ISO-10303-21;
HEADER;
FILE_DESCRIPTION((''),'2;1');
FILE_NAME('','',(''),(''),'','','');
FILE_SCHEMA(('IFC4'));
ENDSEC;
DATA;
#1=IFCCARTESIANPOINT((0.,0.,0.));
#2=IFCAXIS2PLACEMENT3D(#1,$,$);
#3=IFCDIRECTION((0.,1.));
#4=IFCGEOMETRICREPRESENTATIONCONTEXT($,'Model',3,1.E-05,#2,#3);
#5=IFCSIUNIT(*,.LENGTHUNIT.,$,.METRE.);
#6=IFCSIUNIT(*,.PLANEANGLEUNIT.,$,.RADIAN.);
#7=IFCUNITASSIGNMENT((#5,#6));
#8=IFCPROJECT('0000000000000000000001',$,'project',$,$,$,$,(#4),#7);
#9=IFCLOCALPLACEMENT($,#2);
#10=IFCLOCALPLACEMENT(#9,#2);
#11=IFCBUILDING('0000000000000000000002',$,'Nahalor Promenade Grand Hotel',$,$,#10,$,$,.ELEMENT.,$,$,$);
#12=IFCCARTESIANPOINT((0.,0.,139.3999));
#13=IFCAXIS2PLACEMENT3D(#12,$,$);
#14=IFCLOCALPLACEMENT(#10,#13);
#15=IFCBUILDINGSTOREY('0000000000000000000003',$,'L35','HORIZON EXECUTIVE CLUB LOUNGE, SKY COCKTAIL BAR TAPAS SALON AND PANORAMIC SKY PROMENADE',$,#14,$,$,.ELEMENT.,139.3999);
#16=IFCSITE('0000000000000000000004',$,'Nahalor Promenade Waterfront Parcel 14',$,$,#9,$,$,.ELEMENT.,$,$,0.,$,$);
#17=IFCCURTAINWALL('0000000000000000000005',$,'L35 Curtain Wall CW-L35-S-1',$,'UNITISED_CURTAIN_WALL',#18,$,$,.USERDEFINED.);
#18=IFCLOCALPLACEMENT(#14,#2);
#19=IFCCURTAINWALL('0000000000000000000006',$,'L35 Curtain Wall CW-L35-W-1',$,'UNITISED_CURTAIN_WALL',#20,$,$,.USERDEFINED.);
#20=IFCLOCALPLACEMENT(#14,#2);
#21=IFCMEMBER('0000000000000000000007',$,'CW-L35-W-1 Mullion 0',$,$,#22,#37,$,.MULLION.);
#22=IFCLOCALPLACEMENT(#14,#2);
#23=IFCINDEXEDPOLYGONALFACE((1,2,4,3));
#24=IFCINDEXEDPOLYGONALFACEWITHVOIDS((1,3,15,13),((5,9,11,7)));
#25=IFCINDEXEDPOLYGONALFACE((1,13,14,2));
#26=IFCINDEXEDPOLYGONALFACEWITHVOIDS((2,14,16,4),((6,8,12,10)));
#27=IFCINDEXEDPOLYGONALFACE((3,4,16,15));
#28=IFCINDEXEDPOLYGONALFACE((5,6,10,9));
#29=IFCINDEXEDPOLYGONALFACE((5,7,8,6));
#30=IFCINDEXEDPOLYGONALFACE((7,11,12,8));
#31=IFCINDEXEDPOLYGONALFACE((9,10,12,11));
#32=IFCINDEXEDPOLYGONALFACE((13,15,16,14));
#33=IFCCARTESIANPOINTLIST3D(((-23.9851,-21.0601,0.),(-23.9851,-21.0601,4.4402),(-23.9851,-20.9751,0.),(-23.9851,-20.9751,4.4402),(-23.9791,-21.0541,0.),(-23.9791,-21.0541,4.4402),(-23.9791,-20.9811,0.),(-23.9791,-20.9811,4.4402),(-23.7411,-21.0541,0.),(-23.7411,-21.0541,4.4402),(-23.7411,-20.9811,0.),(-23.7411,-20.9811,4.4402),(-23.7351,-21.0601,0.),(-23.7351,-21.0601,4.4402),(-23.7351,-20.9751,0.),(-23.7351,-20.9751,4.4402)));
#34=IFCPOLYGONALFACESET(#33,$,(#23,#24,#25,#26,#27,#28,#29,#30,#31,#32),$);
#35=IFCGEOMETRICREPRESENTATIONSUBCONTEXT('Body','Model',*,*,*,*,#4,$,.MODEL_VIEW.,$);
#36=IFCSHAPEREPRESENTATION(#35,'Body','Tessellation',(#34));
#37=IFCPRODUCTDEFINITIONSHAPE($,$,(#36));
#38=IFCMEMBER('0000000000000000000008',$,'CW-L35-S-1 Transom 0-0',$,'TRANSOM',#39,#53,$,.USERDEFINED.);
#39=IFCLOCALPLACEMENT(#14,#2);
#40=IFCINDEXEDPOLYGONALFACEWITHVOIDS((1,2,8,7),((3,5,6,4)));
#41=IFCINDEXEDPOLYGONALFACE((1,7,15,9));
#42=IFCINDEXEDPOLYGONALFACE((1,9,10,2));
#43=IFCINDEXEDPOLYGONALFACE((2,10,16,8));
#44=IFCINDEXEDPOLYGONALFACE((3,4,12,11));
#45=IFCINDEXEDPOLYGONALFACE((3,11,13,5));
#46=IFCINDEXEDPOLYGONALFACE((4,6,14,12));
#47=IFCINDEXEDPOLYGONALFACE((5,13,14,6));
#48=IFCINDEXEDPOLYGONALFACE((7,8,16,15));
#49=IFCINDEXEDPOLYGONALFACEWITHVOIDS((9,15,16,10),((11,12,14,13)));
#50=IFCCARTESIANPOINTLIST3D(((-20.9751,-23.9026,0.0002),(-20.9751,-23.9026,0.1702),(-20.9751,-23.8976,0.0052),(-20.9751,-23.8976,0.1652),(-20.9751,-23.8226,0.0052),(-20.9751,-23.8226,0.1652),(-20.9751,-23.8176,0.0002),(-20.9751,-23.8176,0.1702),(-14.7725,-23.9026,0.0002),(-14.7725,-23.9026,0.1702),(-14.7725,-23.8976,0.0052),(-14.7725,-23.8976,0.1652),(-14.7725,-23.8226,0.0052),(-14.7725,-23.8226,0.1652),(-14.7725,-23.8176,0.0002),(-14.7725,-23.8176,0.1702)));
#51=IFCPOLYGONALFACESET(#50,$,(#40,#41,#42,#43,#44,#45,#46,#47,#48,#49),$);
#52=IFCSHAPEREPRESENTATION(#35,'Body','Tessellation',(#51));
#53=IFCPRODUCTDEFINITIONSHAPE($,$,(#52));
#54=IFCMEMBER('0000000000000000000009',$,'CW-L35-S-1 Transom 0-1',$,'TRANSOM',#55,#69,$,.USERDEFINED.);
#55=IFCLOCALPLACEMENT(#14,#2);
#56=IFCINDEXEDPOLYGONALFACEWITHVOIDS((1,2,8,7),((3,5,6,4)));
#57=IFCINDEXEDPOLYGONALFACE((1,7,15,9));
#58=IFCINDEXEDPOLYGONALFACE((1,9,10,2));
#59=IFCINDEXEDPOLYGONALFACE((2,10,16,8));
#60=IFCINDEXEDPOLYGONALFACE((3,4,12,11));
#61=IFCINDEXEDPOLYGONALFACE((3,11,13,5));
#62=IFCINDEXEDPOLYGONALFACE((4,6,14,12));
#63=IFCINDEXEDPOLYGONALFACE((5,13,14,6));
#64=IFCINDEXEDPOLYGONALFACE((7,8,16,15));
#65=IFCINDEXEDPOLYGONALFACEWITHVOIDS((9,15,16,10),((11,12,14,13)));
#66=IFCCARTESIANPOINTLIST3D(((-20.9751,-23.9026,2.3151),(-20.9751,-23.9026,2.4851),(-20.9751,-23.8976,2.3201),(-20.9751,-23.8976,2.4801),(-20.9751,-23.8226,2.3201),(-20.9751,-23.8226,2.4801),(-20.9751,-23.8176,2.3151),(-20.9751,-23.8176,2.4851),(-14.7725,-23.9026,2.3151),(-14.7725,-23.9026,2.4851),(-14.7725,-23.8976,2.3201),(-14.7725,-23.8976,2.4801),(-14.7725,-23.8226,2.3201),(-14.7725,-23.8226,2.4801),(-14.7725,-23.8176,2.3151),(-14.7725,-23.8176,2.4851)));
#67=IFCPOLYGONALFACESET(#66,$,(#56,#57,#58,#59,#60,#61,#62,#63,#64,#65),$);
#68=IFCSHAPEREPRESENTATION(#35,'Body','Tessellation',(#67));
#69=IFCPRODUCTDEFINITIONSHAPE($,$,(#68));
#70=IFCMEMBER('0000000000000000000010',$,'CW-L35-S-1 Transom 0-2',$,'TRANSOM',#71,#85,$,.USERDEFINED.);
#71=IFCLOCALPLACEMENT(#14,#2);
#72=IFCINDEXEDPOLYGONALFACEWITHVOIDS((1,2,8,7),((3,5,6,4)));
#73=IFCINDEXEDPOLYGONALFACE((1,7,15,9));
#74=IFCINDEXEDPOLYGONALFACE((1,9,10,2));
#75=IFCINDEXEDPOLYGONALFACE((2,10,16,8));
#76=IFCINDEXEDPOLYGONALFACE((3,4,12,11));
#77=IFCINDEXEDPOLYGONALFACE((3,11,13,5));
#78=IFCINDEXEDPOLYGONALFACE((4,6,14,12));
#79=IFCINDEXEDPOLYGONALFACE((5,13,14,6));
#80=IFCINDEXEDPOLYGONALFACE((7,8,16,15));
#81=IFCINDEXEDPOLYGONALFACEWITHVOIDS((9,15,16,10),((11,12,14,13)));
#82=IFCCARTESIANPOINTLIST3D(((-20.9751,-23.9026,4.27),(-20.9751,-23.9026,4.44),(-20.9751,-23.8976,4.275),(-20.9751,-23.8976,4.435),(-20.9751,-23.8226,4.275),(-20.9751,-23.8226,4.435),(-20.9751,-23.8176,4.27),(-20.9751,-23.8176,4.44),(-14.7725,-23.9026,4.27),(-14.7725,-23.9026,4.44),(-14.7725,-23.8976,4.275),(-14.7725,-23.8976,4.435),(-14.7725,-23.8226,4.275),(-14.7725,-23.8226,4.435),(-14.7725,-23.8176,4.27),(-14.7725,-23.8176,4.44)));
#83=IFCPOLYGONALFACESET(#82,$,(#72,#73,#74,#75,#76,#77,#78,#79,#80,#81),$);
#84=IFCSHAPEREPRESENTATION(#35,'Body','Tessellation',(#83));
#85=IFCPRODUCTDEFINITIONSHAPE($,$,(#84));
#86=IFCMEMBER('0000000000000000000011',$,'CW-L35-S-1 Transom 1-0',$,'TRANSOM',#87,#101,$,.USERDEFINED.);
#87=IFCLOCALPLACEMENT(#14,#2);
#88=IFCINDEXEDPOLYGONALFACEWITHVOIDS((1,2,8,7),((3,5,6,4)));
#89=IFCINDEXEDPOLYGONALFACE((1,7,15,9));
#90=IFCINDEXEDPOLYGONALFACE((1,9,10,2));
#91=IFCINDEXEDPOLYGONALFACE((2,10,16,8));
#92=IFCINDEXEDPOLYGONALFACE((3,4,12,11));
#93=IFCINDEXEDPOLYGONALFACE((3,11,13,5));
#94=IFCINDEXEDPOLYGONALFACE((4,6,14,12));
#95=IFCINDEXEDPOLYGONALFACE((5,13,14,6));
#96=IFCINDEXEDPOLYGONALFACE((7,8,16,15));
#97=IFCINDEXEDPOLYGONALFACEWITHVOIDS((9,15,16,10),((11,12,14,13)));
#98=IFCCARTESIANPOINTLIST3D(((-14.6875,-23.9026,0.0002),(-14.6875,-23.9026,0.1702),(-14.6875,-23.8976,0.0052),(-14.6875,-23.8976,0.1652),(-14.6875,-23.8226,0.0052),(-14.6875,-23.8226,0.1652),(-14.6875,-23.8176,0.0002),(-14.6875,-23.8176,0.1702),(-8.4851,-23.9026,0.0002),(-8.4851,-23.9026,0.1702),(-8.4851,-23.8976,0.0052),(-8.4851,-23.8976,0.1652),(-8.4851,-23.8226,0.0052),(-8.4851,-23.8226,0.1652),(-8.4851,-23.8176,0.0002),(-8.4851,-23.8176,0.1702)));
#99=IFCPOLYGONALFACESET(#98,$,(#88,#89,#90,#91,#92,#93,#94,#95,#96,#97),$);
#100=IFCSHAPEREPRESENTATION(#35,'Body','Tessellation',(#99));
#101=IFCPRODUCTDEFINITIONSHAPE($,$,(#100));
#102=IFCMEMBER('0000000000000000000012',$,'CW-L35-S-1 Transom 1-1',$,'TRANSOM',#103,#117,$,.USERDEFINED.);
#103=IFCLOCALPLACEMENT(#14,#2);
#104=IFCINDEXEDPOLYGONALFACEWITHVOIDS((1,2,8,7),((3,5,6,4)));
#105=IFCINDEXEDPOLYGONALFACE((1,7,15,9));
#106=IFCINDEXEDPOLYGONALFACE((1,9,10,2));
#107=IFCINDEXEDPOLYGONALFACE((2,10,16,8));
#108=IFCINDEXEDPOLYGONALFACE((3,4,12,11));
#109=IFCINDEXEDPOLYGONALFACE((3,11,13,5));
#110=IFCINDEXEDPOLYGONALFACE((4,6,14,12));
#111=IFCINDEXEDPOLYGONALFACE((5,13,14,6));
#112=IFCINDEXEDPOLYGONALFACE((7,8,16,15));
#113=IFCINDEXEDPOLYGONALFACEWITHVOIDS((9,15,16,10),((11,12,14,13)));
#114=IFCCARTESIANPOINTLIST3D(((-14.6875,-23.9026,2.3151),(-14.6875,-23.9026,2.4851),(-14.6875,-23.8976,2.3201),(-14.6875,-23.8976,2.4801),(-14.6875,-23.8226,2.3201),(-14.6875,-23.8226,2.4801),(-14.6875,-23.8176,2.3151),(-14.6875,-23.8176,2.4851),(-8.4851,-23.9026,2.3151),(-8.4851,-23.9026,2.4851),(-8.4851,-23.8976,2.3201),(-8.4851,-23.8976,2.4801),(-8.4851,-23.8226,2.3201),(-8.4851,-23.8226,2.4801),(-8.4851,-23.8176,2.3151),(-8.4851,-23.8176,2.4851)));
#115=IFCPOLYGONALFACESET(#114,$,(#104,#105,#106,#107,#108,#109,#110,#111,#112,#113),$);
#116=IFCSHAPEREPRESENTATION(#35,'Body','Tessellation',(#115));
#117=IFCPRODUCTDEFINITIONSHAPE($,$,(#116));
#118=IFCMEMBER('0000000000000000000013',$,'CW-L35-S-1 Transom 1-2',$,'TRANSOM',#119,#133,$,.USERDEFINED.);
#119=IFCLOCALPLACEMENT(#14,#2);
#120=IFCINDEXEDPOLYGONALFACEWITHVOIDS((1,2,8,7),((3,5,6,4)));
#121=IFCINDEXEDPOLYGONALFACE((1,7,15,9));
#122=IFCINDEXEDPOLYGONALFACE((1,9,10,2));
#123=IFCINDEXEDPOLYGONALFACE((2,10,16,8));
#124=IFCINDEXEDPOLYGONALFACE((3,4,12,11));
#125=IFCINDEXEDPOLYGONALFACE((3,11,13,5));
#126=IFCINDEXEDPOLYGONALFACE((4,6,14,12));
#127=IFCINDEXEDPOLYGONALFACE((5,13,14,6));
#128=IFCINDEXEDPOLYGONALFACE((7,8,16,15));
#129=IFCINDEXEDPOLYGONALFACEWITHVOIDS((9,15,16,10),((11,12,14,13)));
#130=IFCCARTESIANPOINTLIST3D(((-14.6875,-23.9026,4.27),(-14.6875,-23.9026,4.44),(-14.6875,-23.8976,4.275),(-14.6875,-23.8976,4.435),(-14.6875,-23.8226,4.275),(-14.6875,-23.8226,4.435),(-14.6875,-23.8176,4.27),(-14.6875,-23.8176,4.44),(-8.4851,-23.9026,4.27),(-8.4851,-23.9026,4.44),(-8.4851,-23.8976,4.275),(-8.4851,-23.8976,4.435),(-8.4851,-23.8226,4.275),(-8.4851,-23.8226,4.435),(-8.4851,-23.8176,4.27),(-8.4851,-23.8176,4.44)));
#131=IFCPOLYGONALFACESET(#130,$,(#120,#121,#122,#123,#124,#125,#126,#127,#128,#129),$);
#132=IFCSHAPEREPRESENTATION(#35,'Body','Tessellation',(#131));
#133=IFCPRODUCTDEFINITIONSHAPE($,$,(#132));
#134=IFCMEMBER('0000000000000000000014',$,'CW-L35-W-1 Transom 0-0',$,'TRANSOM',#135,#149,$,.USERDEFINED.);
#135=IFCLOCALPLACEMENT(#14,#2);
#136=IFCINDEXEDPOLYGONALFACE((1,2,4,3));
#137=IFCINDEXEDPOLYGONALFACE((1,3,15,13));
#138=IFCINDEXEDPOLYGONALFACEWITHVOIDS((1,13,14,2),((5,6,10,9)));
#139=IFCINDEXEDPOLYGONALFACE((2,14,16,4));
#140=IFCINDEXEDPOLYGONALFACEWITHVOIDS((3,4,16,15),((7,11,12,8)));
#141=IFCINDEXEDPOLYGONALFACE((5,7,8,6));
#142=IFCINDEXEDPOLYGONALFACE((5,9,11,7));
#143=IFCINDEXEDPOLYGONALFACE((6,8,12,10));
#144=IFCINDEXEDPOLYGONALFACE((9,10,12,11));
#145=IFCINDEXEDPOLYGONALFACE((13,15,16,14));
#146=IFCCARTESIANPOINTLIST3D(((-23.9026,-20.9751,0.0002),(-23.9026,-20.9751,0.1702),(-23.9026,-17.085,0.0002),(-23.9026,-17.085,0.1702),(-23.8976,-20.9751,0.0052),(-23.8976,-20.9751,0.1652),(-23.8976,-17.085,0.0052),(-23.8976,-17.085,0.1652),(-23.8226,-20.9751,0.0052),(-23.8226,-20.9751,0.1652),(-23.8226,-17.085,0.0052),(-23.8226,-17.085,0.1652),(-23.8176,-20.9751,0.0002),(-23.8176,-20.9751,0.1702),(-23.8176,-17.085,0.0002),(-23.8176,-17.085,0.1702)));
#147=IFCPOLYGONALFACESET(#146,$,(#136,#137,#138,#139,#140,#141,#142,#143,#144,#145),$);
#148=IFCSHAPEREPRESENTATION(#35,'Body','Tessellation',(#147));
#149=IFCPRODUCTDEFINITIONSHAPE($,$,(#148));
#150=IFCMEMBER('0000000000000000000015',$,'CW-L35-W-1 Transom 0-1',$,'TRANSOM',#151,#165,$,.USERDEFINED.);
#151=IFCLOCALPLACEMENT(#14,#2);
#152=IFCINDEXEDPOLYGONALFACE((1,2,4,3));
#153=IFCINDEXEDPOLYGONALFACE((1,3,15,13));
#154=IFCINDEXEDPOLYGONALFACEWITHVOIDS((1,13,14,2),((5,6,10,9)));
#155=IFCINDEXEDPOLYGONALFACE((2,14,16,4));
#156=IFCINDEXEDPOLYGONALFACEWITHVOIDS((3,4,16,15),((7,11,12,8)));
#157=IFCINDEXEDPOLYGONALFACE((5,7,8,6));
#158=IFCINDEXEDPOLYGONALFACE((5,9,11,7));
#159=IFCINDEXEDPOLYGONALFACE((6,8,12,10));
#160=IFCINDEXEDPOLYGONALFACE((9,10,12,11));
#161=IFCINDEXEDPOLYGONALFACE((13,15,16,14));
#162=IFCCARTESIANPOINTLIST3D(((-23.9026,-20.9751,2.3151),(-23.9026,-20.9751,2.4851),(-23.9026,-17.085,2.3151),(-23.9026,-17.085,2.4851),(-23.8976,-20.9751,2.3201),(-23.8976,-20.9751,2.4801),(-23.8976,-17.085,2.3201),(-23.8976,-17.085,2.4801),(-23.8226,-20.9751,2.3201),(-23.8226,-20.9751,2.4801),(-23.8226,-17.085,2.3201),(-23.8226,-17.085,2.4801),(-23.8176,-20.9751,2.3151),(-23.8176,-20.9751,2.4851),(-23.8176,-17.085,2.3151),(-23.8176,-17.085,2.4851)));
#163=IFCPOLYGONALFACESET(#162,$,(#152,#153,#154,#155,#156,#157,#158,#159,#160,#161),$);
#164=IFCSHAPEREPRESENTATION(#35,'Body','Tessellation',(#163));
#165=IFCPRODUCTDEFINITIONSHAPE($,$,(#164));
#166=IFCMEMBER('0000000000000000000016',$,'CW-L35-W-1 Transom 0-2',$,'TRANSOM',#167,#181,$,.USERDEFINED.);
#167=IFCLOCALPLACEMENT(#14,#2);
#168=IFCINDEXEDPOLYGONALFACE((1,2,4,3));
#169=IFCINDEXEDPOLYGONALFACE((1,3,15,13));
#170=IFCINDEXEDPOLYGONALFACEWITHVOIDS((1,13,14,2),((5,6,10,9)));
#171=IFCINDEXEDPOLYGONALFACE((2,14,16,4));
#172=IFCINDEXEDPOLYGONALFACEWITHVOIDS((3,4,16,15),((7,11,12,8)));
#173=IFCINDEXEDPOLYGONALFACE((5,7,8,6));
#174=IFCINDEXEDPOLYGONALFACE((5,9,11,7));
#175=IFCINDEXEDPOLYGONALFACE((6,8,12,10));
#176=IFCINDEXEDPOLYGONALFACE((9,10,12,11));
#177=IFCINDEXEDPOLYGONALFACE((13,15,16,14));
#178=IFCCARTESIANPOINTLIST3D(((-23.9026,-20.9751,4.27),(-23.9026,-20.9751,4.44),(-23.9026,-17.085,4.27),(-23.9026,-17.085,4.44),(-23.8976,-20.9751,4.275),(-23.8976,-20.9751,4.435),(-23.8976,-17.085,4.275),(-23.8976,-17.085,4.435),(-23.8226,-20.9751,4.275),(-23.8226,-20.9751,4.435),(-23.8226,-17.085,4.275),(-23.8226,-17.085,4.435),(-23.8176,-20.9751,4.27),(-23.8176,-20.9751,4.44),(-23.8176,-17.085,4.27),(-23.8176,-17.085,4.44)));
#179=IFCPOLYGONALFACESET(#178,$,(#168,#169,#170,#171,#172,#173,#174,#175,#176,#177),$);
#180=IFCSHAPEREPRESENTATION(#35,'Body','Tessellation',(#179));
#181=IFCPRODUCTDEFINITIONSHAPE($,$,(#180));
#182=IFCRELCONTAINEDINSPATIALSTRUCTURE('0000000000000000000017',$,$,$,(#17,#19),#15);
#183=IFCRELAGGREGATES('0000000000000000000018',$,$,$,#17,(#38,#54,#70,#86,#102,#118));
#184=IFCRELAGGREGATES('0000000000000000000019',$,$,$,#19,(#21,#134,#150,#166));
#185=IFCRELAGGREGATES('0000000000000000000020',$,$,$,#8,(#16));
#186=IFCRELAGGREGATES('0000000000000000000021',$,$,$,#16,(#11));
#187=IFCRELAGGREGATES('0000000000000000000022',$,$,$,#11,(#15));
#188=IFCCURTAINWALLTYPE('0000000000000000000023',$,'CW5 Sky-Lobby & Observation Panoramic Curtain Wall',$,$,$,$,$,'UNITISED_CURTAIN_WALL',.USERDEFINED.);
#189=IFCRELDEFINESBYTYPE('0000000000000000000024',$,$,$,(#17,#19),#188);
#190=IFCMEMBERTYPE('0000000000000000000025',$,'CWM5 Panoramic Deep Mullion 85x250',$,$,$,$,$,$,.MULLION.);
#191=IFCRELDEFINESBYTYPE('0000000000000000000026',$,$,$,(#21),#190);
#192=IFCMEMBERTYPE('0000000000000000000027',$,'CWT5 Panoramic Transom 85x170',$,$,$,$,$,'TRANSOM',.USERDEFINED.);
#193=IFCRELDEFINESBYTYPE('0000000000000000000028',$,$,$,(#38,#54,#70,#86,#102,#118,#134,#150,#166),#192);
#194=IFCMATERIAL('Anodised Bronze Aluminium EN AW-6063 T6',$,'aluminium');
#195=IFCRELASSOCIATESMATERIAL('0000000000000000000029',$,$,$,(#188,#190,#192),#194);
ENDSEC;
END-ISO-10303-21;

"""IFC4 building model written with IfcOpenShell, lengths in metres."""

from ifc_helpers import new_model, si_unit, direction, frame, origin, origin_2d, place, context, subcontext, project, spatial, hollow_rectangle, extrude, source, transform, mapped, material, material_profile, profile_set, type_object, element, aggregate, save


model = new_model("IFC4")

# Units and contexts
model_context = context("Model", 3, precision=1e-05, world=origin(), true_north=direction((0.0, 1.0)))
body_context = subcontext(model_context, "Body", "Model", "MODEL_VIEW")
ifc_project = project(units=[si_unit("LENGTHUNIT", "METRE"), si_unit("PLANEANGLEUNIT", "RADIAN")], contexts=[model_context])

# Site, building, storey
site_placement = place(None, origin())
site = spatial("IfcSite", under=ifc_project, at=site_placement, Name="Nahalor Promenade Waterfront Parcel 14", CompositionType="ELEMENT", RefElevation=0.0)
building_placement = place(site_placement, origin())
building = spatial("IfcBuilding", under=site, at=building_placement, Name="Nahalor Promenade Grand Hotel", CompositionType="ELEMENT")
storey_placement = place(building_placement, frame((0.0, 0.0, 139.3999)))
storey = spatial("IfcBuildingStorey", under=building, at=storey_placement, Name="L35", Description="HORIZON EXECUTIVE CLUB LOUNGE, SKY COCKTAIL BAR TAPAS SALON AND PANORAMIC SKY PROMENADE", CompositionType="ELEMENT", Elevation=139.3999)

# Curtain wall
ifc_material_1 = material(Name="Anodised Bronze Aluminium EN AW-6063 T6", Category="aluminium")
curtain_wall_type = type_object("IfcCurtainWallType", Name="CW5 Sky-Lobby & Observation Panoramic Curtain Wall", ElementType="UNITISED_CURTAIN_WALL", PredefinedType="USERDEFINED", material=ifc_material_1)
curtain_wall_1_placement = place(storey_placement, origin())
curtain_wall_1 = element("IfcCurtainWall", 1, at=curtain_wall_1_placement, inside=storey, type_object=curtain_wall_type, Name="L35 Curtain Wall CW-L35-S-1", ObjectType="UNITISED_CURTAIN_WALL", PredefinedType="USERDEFINED")
ifc_material_profile_1 = material_profile(ifc_material_1, hollow_rectangle(XDim=0.085, YDim=0.25, WallThickness=0.006, at=origin_2d()), Name="CWM 85x250x6")
ifc_profile_set_1 = profile_set([ifc_material_profile_1], Name="Anodised Bronze Aluminium EN AW-6063 T6")
member_type_1 = type_object("IfcMemberType", Name="CWM5 Panoramic Deep Mullion 85x250", PredefinedType="MULLION", material=ifc_profile_set_1)
shared_shape_1 = source(origin(), body_context, "Body", "SweptSolid", [
    extrude(hollow_rectangle(XDim=0.085, YDim=0.25, WallThickness=0.006, at=origin_2d()), origin(), (0.0, 0.0, 1.0), 4.4402),
])

# Curtain wall, member
curtain_wall_2_placement = place(storey_placement, origin())
curtain_wall_2 = element("IfcCurtainWall", 2, at=curtain_wall_2_placement, inside=storey, type_object=curtain_wall_type, Name="L35 Curtain Wall CW-L35-W-1", ObjectType="UNITISED_CURTAIN_WALL", PredefinedType="USERDEFINED")
member_1_placement = place(storey_placement, frame((-23.8601, -21.0176, 0.0), z_axis=(0.0, 0.0, 1.0), x_axis=(0.0, 1.0, 0.0)))
member_1 = element("IfcMember", 3, at=member_1_placement, type_object=member_type_1, Name="CW-L35-W-1 Mullion 0", PredefinedType="MULLION", context=body_context, shape_type="MappedRepresentation", body=[
    mapped(shared_shape_1, transform((0.0, 0.0, 0.0), scale=1.0)),
])

# Members
ifc_material_profile_2 = material_profile(ifc_material_1, hollow_rectangle(XDim=0.085, YDim=0.17, WallThickness=0.005, at=origin_2d()), Name="CWT 85x170x5")
ifc_profile_set_2 = profile_set([ifc_material_profile_2], Name="Anodised Bronze Aluminium EN AW-6063 T6")
member_type_2 = type_object("IfcMemberType", Name="CWT5 Panoramic Transom 85x170", ElementType="TRANSOM", PredefinedType="USERDEFINED", material=ifc_profile_set_2)
shared_shape_2 = source(origin(), body_context, "Body", "SweptSolid", [
    extrude(hollow_rectangle(XDim=0.085, YDim=0.17, WallThickness=0.005, at=origin_2d()), origin(), (0.0, 0.0, 1.0), 6.2026),
])
member_2_placement = place(storey_placement, frame((-20.9751, -23.8601, 0.0852), z_axis=(1.0, 0.0, 0.0), x_axis=(0.0, 1.0, 0.0)))
member_2 = element("IfcMember", 4, at=member_2_placement, type_object=member_type_2, Name="CW-L35-S-1 Transom 0-0", ObjectType="TRANSOM", PredefinedType="USERDEFINED", context=body_context, shape_type="MappedRepresentation", body=[
    mapped(shared_shape_2, transform((0.0, 0.0, 0.0), scale=1.0)),
])
member_3_placement = place(storey_placement, frame((-20.9751, -23.8601, 2.4001), z_axis=(1.0, 0.0, 0.0), x_axis=(0.0, 1.0, 0.0)))
member_3 = element("IfcMember", 5, at=member_3_placement, type_object=member_type_2, Name="CW-L35-S-1 Transom 0-1", ObjectType="TRANSOM", PredefinedType="USERDEFINED", context=body_context, shape_type="MappedRepresentation", body=[
    mapped(shared_shape_2, transform((0.0, 0.0, 0.0), scale=1.0)),
])
member_4_placement = place(storey_placement, frame((-20.9751, -23.8601, 4.355), z_axis=(1.0, 0.0, 0.0), x_axis=(0.0, 1.0, 0.0)))
member_4 = element("IfcMember", 6, at=member_4_placement, type_object=member_type_2, Name="CW-L35-S-1 Transom 0-2", ObjectType="TRANSOM", PredefinedType="USERDEFINED", context=body_context, shape_type="MappedRepresentation", body=[
    mapped(shared_shape_2, transform((0.0, 0.0, 0.0), scale=1.0)),
])
shared_shape_3 = source(origin(), body_context, "Body", "SweptSolid", [
    extrude(hollow_rectangle(XDim=0.085, YDim=0.17, WallThickness=0.005, at=origin_2d()), origin(), (0.0, 0.0, 1.0), 6.2024),
])
member_5_placement = place(storey_placement, frame((-14.6875, -23.8601, 0.0852), z_axis=(1.0, 0.0, 0.0), x_axis=(0.0, 1.0, 0.0)))
member_5 = element("IfcMember", 7, at=member_5_placement, type_object=member_type_2, Name="CW-L35-S-1 Transom 1-0", ObjectType="TRANSOM", PredefinedType="USERDEFINED", context=body_context, shape_type="MappedRepresentation", body=[
    mapped(shared_shape_3, transform((0.0, 0.0, 0.0), scale=1.0)),
])
member_6_placement = place(storey_placement, frame((-14.6875, -23.8601, 2.4001), z_axis=(1.0, 0.0, 0.0), x_axis=(0.0, 1.0, 0.0)))
member_6 = element("IfcMember", 8, at=member_6_placement, type_object=member_type_2, Name="CW-L35-S-1 Transom 1-1", ObjectType="TRANSOM", PredefinedType="USERDEFINED", context=body_context, shape_type="MappedRepresentation", body=[
    mapped(shared_shape_3, transform((0.0, 0.0, 0.0), scale=1.0)),
])
member_7_placement = place(storey_placement, frame((-14.6875, -23.8601, 4.355), z_axis=(1.0, 0.0, 0.0), x_axis=(0.0, 1.0, 0.0)))
member_7 = element("IfcMember", 9, at=member_7_placement, type_object=member_type_2, Name="CW-L35-S-1 Transom 1-2", ObjectType="TRANSOM", PredefinedType="USERDEFINED", context=body_context, shape_type="MappedRepresentation", body=[
    mapped(shared_shape_3, transform((0.0, 0.0, 0.0), scale=1.0)),
])
shared_shape_4 = source(origin(), body_context, "Body", "SweptSolid", [
    extrude(hollow_rectangle(XDim=0.085, YDim=0.17, WallThickness=0.005, at=origin_2d()), origin(), (0.0, 0.0, 1.0), 3.8901),
])
member_8_placement = place(storey_placement, frame((-23.8601, -20.9751, 0.0852), z_axis=(0.0, 1.0, 0.0), x_axis=(-1.0, 0.0, 0.0)))
member_8 = element("IfcMember", 10, at=member_8_placement, type_object=member_type_2, Name="CW-L35-W-1 Transom 0-0", ObjectType="TRANSOM", PredefinedType="USERDEFINED", context=body_context, shape_type="MappedRepresentation", body=[
    mapped(shared_shape_4, transform((0.0, 0.0, 0.0), scale=1.0)),
])
member_9_placement = place(storey_placement, frame((-23.8601, -20.9751, 2.4001), z_axis=(0.0, 1.0, 0.0), x_axis=(-1.0, 0.0, 0.0)))
member_9 = element("IfcMember", 11, at=member_9_placement, type_object=member_type_2, Name="CW-L35-W-1 Transom 0-1", ObjectType="TRANSOM", PredefinedType="USERDEFINED", context=body_context, shape_type="MappedRepresentation", body=[
    mapped(shared_shape_4, transform((0.0, 0.0, 0.0), scale=1.0)),
])
member_10_placement = place(storey_placement, frame((-23.8601, -20.9751, 4.355), z_axis=(0.0, 1.0, 0.0), x_axis=(-1.0, 0.0, 0.0)))
member_10 = element("IfcMember", 12, at=member_10_placement, type_object=member_type_2, Name="CW-L35-W-1 Transom 0-2", ObjectType="TRANSOM", PredefinedType="USERDEFINED", context=body_context, shape_type="MappedRepresentation", body=[
    mapped(shared_shape_4, transform((0.0, 0.0, 0.0), scale=1.0)),
])

aggregate(curtain_wall_1, [member_2, member_3, member_4, member_5, member_6, member_7])
aggregate(curtain_wall_2, [member_1, member_8, member_9, member_10])

save(model, "model.ifc")
